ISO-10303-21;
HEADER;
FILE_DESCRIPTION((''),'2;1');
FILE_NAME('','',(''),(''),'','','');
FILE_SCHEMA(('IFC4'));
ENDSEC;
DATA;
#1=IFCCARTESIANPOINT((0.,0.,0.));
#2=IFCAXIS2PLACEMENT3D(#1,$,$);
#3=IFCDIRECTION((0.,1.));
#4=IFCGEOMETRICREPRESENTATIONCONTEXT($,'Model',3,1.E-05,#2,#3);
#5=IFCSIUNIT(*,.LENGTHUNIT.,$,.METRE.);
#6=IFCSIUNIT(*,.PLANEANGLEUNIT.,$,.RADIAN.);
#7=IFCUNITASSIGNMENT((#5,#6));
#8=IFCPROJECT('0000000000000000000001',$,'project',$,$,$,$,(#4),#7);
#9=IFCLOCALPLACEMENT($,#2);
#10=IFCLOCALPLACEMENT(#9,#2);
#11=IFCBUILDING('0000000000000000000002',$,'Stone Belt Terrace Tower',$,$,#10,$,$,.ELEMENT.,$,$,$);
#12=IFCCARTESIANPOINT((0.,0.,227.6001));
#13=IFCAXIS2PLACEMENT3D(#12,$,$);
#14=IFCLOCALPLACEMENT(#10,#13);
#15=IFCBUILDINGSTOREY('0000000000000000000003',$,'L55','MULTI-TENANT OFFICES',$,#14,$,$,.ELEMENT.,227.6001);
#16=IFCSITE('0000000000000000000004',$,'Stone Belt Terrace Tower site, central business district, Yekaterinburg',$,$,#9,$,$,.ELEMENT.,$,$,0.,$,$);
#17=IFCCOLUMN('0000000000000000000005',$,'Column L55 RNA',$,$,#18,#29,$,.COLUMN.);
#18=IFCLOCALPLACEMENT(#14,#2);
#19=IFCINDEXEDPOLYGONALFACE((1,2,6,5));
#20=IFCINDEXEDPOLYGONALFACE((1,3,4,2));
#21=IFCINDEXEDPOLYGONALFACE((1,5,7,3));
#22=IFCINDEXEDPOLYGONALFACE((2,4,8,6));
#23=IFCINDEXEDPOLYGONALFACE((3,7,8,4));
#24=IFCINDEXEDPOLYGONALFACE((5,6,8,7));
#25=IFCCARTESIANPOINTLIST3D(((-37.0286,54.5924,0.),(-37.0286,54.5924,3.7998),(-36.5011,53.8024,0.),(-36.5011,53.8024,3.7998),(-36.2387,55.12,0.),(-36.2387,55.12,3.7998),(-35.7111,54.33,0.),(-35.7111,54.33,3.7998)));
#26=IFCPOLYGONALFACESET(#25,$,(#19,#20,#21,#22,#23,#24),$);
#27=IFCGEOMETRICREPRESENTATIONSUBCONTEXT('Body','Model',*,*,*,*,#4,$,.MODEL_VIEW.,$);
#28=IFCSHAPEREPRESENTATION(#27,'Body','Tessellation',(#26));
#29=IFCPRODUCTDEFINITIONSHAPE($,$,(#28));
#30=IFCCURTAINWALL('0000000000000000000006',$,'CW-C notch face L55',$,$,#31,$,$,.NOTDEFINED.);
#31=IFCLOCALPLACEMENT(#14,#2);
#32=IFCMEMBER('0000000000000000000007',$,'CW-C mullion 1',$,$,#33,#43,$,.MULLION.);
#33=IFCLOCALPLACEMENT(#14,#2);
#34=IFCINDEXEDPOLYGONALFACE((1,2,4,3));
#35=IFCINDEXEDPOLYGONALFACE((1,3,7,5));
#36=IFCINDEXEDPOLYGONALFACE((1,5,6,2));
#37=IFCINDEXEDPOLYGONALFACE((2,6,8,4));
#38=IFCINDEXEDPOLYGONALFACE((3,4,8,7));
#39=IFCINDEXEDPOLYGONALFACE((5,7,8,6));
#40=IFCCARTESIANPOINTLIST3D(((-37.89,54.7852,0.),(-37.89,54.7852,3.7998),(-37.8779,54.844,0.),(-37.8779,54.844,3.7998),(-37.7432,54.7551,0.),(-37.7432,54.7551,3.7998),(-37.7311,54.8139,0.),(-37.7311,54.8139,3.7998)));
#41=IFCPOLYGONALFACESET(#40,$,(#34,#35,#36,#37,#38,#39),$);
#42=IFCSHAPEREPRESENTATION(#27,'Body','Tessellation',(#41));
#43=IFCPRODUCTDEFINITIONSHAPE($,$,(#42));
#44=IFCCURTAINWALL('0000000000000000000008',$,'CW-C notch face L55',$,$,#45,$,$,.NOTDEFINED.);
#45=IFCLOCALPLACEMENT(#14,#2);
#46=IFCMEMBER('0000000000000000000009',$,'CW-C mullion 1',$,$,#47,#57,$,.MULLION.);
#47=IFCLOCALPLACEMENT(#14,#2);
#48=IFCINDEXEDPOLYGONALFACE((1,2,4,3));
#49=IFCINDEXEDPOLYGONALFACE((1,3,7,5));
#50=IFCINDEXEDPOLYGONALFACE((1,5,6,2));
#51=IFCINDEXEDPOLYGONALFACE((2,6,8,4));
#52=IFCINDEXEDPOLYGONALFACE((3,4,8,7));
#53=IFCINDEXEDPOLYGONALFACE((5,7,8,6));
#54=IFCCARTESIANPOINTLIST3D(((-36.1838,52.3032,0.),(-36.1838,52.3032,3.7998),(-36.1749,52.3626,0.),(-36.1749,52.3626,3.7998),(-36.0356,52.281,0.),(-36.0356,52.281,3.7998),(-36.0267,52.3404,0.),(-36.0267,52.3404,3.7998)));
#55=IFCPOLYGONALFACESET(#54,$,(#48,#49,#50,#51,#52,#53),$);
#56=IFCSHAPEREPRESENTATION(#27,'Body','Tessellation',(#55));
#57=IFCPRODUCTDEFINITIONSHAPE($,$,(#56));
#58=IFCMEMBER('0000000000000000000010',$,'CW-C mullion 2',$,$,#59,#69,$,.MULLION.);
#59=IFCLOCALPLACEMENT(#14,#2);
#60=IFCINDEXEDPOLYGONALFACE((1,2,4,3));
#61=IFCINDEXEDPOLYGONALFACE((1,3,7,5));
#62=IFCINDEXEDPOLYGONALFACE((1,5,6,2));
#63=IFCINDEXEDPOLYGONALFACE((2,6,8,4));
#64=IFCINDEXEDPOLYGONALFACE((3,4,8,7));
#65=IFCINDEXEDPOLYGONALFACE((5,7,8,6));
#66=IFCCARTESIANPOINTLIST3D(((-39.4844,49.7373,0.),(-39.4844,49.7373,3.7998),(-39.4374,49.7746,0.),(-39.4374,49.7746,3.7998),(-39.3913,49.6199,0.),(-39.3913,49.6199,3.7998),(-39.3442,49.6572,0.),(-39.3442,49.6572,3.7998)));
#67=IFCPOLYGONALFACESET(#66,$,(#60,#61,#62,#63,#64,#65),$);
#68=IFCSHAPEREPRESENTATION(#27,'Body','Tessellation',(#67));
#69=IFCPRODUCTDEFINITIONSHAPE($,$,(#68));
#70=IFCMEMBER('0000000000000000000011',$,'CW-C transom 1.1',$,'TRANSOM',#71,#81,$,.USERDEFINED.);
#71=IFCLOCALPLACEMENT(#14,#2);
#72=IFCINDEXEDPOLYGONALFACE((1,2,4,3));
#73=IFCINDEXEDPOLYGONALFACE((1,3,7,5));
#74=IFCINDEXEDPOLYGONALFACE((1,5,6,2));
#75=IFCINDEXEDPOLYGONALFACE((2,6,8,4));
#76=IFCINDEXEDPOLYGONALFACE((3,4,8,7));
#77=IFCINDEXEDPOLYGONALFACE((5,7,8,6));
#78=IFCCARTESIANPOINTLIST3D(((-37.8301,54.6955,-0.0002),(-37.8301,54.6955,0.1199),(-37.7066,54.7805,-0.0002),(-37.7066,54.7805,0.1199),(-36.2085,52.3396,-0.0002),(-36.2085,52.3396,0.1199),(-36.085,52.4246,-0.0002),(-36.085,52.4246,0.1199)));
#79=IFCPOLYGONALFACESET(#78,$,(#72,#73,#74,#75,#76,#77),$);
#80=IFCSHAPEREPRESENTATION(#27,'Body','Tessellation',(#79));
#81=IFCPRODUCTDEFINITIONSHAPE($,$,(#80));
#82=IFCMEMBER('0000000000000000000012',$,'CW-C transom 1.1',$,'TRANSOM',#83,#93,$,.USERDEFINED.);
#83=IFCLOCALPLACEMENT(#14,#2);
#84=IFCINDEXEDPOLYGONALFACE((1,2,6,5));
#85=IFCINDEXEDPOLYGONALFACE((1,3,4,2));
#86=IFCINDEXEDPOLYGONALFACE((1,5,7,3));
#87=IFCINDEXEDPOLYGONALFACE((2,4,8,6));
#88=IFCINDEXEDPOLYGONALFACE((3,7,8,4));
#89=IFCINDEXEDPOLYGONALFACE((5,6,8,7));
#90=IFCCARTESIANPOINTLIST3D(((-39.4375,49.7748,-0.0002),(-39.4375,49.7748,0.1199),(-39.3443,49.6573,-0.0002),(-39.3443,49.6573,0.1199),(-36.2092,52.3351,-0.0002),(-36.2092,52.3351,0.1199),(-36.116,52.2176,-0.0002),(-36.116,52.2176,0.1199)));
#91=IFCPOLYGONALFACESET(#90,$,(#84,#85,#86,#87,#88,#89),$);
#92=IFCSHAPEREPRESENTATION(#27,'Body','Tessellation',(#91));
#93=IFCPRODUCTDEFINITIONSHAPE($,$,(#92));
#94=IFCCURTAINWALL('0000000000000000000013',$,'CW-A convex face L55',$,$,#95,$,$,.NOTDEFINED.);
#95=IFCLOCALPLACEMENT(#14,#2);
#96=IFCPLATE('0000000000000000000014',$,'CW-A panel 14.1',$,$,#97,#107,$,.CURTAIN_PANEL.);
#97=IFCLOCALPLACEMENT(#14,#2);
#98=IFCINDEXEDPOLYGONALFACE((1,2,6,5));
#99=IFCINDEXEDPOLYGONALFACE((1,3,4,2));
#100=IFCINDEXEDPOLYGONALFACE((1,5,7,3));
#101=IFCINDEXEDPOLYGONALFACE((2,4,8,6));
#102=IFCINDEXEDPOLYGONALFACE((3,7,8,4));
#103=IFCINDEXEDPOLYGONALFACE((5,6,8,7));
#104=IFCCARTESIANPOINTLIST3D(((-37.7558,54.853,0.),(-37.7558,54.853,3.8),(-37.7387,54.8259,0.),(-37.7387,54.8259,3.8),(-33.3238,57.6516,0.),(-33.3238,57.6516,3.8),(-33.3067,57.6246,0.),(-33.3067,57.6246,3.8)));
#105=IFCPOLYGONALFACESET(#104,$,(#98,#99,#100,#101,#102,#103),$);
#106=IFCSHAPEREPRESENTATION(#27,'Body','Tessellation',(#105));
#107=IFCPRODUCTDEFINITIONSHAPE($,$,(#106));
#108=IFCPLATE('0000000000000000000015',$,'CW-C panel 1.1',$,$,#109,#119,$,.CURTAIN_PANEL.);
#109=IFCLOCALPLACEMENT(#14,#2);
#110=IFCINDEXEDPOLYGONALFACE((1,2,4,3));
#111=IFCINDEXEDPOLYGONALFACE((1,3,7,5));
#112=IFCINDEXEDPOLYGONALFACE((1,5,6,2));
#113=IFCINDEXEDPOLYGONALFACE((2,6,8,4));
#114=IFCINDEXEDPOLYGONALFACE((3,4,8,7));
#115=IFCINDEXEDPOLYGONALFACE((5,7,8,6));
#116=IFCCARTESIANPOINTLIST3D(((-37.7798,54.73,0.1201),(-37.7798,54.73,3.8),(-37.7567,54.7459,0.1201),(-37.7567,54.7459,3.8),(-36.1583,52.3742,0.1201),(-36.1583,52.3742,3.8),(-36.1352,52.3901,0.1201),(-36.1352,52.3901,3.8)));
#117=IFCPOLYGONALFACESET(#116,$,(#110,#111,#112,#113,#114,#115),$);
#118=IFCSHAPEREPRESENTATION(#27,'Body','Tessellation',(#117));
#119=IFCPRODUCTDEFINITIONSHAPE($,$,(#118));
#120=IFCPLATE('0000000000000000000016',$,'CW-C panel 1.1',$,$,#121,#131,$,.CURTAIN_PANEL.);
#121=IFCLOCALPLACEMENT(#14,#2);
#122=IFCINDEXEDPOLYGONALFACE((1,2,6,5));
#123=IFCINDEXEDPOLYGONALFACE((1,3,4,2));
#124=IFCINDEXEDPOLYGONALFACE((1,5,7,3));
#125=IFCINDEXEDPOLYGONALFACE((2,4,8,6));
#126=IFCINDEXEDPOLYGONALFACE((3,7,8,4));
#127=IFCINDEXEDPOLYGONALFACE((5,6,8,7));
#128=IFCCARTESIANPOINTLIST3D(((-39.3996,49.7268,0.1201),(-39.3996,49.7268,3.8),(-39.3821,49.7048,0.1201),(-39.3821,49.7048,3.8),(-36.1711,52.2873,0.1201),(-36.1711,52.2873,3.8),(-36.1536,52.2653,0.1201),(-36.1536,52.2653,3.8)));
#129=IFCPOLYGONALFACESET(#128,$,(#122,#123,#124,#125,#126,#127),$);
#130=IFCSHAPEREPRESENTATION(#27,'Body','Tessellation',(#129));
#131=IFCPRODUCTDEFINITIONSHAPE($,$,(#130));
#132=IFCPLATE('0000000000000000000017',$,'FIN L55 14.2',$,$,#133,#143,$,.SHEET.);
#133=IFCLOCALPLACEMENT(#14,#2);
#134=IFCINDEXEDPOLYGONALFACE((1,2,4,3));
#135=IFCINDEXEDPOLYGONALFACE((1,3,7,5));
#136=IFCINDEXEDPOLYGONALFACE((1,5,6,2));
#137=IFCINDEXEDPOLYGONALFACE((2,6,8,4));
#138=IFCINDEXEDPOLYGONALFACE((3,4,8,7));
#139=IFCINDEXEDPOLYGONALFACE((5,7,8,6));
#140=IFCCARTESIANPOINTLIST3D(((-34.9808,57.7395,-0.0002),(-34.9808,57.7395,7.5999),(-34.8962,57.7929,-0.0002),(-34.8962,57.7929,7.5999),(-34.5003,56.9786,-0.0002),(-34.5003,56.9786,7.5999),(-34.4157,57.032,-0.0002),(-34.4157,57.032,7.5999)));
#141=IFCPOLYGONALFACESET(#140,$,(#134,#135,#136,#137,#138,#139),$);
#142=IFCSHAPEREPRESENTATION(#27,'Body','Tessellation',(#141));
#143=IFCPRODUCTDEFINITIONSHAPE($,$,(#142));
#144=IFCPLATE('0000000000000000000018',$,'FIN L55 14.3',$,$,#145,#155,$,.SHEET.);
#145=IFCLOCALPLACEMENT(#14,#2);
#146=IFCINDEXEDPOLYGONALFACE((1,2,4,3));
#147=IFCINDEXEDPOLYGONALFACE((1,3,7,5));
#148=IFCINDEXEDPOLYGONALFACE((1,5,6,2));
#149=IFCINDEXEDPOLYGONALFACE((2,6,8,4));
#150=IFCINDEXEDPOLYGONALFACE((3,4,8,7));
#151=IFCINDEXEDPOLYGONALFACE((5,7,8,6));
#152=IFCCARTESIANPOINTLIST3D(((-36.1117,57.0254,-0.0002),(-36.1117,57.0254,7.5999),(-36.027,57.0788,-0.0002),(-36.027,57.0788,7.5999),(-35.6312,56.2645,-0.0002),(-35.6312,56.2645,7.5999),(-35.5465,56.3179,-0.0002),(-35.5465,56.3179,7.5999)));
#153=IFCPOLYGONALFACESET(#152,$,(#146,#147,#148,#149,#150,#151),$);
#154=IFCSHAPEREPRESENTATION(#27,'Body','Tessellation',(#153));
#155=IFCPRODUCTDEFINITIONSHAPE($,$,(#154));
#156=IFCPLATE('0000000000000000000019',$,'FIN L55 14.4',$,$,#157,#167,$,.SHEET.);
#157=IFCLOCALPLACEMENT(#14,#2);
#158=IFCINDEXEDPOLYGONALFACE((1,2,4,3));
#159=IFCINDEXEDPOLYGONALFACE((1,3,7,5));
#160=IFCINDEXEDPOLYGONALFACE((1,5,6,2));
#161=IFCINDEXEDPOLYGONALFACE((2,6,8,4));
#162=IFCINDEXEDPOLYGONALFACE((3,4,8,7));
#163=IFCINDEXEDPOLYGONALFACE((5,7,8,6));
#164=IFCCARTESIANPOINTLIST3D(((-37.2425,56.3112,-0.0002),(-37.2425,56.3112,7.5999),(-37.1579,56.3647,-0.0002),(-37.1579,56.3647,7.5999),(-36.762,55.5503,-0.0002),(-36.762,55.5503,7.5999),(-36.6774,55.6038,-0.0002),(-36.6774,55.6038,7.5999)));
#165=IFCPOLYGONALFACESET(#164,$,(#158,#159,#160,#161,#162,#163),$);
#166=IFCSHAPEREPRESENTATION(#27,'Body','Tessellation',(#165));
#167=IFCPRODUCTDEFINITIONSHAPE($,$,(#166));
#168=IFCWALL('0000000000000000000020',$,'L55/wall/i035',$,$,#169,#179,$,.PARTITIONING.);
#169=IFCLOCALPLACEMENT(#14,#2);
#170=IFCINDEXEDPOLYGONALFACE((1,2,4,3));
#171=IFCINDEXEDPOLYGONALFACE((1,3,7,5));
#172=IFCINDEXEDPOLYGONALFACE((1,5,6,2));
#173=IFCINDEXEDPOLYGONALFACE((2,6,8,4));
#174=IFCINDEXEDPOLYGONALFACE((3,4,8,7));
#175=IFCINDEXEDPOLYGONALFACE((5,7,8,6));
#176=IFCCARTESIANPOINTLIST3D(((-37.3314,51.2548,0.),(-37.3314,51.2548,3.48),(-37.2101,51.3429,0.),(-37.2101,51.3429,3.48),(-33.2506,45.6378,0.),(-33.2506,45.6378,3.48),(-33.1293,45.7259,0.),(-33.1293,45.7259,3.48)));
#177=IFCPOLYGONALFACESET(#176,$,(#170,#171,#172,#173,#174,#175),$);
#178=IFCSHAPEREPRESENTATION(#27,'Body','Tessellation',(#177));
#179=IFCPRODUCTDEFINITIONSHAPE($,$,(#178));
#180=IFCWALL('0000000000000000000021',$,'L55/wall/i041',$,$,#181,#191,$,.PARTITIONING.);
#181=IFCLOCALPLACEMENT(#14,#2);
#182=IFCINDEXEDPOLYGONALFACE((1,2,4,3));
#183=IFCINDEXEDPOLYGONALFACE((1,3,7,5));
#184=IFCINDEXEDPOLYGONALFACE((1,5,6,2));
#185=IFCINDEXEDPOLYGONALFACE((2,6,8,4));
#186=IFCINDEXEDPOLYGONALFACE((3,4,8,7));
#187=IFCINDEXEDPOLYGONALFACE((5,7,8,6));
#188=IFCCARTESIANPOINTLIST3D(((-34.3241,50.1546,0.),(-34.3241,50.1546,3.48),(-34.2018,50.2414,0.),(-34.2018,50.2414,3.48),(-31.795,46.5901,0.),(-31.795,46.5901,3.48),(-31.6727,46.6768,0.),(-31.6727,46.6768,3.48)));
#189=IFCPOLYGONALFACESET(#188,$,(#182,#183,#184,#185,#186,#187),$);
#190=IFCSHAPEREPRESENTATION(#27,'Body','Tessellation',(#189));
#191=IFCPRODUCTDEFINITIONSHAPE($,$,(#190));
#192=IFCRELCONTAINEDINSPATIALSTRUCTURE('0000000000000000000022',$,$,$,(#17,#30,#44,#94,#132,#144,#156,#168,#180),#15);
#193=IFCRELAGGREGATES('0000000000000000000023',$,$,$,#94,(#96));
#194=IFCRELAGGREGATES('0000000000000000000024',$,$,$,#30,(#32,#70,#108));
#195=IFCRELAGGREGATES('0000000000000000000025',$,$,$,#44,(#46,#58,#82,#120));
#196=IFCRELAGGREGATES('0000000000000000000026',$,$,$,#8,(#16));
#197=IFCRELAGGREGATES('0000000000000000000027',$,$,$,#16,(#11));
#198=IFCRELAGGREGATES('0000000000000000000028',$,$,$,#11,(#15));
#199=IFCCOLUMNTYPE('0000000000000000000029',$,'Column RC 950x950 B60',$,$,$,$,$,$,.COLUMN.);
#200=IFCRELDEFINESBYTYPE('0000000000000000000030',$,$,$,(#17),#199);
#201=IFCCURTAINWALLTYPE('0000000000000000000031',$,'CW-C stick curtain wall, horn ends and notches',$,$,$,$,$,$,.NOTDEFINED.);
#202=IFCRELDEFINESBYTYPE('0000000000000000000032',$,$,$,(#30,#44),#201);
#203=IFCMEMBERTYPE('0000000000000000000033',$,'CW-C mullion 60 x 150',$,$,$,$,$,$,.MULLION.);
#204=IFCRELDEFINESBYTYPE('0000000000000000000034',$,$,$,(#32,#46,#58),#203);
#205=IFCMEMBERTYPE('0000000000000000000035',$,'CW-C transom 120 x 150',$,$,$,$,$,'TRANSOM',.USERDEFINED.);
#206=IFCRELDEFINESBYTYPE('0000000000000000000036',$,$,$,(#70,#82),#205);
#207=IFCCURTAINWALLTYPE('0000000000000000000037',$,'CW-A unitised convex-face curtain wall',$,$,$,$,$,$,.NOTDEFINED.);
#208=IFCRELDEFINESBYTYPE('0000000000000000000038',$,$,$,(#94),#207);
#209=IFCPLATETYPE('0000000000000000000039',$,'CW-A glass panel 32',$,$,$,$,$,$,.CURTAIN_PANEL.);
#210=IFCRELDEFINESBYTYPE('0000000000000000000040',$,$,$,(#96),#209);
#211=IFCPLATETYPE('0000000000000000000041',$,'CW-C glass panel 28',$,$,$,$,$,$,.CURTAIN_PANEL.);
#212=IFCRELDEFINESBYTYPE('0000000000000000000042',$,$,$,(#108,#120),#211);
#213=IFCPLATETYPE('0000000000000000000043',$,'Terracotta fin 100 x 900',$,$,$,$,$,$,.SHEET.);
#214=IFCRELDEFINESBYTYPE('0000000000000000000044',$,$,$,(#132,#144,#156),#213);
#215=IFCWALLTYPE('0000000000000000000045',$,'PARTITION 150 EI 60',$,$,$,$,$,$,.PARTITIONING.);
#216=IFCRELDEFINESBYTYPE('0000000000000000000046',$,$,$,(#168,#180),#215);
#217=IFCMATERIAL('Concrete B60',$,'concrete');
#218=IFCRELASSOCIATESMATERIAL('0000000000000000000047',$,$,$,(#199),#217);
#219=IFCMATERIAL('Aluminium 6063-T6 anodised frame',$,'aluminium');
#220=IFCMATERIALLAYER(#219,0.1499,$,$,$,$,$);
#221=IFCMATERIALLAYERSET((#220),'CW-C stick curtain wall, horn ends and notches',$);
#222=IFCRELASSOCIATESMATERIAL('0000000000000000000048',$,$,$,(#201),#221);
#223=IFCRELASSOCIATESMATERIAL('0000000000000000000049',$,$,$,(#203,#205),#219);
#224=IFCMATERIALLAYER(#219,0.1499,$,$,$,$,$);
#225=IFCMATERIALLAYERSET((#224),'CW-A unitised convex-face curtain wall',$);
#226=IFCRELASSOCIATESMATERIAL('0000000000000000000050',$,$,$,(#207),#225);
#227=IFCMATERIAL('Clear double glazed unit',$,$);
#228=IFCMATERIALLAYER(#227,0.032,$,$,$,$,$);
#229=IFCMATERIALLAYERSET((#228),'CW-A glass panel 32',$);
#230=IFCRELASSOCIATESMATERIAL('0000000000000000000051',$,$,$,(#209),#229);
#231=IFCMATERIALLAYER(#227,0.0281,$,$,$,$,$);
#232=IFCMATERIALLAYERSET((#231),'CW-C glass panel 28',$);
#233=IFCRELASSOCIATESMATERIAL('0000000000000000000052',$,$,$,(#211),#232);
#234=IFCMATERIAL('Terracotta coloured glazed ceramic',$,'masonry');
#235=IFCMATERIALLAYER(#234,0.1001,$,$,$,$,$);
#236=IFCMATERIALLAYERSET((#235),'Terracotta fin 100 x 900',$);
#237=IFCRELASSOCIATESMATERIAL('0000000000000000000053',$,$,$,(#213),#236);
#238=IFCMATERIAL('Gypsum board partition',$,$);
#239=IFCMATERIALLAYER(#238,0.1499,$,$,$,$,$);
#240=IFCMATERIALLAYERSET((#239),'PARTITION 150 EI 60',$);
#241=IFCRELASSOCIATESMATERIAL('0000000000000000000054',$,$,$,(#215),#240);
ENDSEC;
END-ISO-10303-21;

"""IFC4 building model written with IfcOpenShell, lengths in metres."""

from ifc_helpers import new_model, si_unit, direction, frame, frame_2d, origin, origin_2d, place, context, subcontext, project, spatial, rectangle, extrude, material, layer, layer_set, material_profile, profile_set, type_object, element, aggregate, save


model = new_model("IFC4")

# Units and contexts
model_context = context("Model", 3, precision=1e-05, world=origin(), true_north=direction((0.0, 1.0)))
body_context = subcontext(model_context, "Body", "Model", "MODEL_VIEW")
ifc_project = project(units=[si_unit("LENGTHUNIT", "METRE"), si_unit("PLANEANGLEUNIT", "RADIAN")], contexts=[model_context])

# Site, building, storey
site_placement = place(None, origin())
site = spatial("IfcSite", under=ifc_project, at=site_placement, Name="Stone Belt Terrace Tower site, central business district, Yekaterinburg", CompositionType="ELEMENT", RefElevation=0.0)
building_placement = place(site_placement, origin())
building = spatial("IfcBuilding", under=site, at=building_placement, Name="Stone Belt Terrace Tower", CompositionType="ELEMENT")
storey_placement = place(building_placement, frame((0.0, 0.0, 227.6001)))
storey = spatial("IfcBuildingStorey", under=building, at=storey_placement, Name="L55", Description="MULTI-TENANT OFFICES", CompositionType="ELEMENT", Elevation=227.6001)

# Column
ifc_material_1 = material(Name="Concrete B60", Category="concrete")
ifc_material_profile_1 = material_profile(ifc_material_1, rectangle(XDim=0.95, YDim=0.95, at=origin_2d()), Name="RC 950x950")
ifc_profile_set_1 = profile_set([ifc_material_profile_1], Name="Concrete B60")
column_type = type_object("IfcColumnType", Name="Column RC 950x950 B60", PredefinedType="COLUMN", material=ifc_profile_set_1)
column_placement = place(storey_placement, frame((-36.3699, 54.4612, 0.0), z_axis=(0.0, 0.0, 1.0), x_axis=(0.83161, 0.55536, 0.0)))
element("IfcColumn", 1, at=column_placement, inside=storey, type_object=column_type, Name="Column L55 RNA", PredefinedType="COLUMN", context=body_context, shape_type="SweptSolid", body=[
    extrude(rectangle(XDim=0.95, YDim=0.95, at=origin_2d()), origin(), (0.0, 0.0, 1.0), 3.7998),
])

# Curtain wall, member
ifc_material_2 = material(Name="Aluminium 6063-T6 anodised frame", Category="aluminium")
ifc_layer_1 = layer(ifc_material_2, 0.1499)
ifc_layer_set_1 = layer_set([ifc_layer_1], Name="CW-C stick curtain wall, horn ends and notches")
curtain_wall_type_1 = type_object("IfcCurtainWallType", Name="CW-C stick curtain wall, horn ends and notches", PredefinedType="NOTDEFINED", material=ifc_layer_set_1)
curtain_wall_1_placement = place(storey_placement, origin())
curtain_wall_1 = element("IfcCurtainWall", 2, at=curtain_wall_1_placement, inside=storey, type_object=curtain_wall_type_1, Name="CW-C notch face L55", PredefinedType="NOTDEFINED")
ifc_material_profile_2 = material_profile(ifc_material_2, rectangle(XDim=0.1499, YDim=0.0601, at=origin_2d()), Name="Aluminium 6063-T6 60x150")
ifc_profile_set_2 = profile_set([ifc_material_profile_2], Name="Aluminium 6063-T6 anodised frame")
member_type_1 = type_object("IfcMemberType", Name="CW-C mullion 60 x 150", PredefinedType="MULLION", material=ifc_profile_set_2)
member_1_placement = place(storey_placement, frame((-37.8105, 54.7996, 0.0), z_axis=(0.0, 0.0, 1.0), x_axis=(0.979594, -0.200987, 0.0)))
member_1 = element("IfcMember", 3, at=member_1_placement, type_object=member_type_1, Name="CW-C mullion 1", PredefinedType="MULLION", context=body_context, shape_type="SweptSolid", body=[
    extrude(rectangle(XDim=0.1499, YDim=0.0601, at=origin_2d()), origin(), (0.0, 0.0, 1.0), 3.7998),
])

# Curtain wall, members
curtain_wall_2_placement = place(storey_placement, origin())
curtain_wall_2 = element("IfcCurtainWall", 4, at=curtain_wall_2_placement, inside=storey, type_object=curtain_wall_type_1, Name="CW-C notch face L55", PredefinedType="NOTDEFINED")
member_2_placement = place(storey_placement, frame((-36.1052, 52.3218, 0.0), z_axis=(0.0, 0.0, 1.0), x_axis=(0.988962, -0.148172, 0.0)))
member_2 = element("IfcMember", 5, at=member_2_placement, type_object=member_type_1, Name="CW-C mullion 1", PredefinedType="MULLION", context=body_context, shape_type="SweptSolid", body=[
    extrude(rectangle(XDim=0.1499, YDim=0.0601, at=origin_2d()), origin(), (0.0, 0.0, 1.0), 3.7998),
])
member_3_placement = place(storey_placement, frame((-39.4143, 49.6973, 0.0), z_axis=(0.0, 0.0, 1.0), x_axis=(0.621388, -0.783503, 0.0)))
member_3 = element("IfcMember", 6, at=member_3_placement, type_object=member_type_1, Name="CW-C mullion 2", PredefinedType="MULLION", context=body_context, shape_type="SweptSolid", body=[
    extrude(rectangle(XDim=0.1499, YDim=0.0601, at=origin_2d()), origin(), (0.0, 0.0, 1.0), 3.7998),
])

# Members
ifc_material_profile_3 = material_profile(ifc_material_2, rectangle(XDim=0.1499, YDim=0.1201, at=origin_2d()), Name="Aluminium 6063-T6 150x120")
ifc_profile_set_3 = profile_set([ifc_material_profile_3], Name="Aluminium 6063-T6 anodised frame")
member_type_2 = type_object("IfcMemberType", Name="CW-C transom 120 x 150", ElementType="TRANSOM", PredefinedType="USERDEFINED", material=ifc_profile_set_3)
member_4_placement = place(storey_placement, frame((-37.7683, 54.738, 0.0598), z_axis=(0.566971, -0.823738, 0.0), x_axis=(0.823738, 0.566971, 0.0)))
member_4 = element("IfcMember", 7, at=member_4_placement, type_object=member_type_2, Name="CW-C transom 1.1", ObjectType="TRANSOM", PredefinedType="USERDEFINED", context=body_context, shape_type="SweptSolid", body=[
    extrude(rectangle(XDim=0.1499, YDim=0.1201, at=origin_2d()), origin(), (0.0, 0.0, 1.0), 2.8601),
])
member_5_placement = place(storey_placement, frame((-36.1626, 52.2764, 0.0598), z_axis=(-0.783504, -0.621387, 0.0), x_axis=(0.621387, -0.783504, 0.0)))
member_5 = element("IfcMember", 8, at=member_5_placement, type_object=member_type_2, Name="CW-C transom 1.1", ObjectType="TRANSOM", PredefinedType="USERDEFINED", context=body_context, shape_type="SweptSolid", body=[
    extrude(rectangle(XDim=0.1499, YDim=0.1201, at=origin_2d()), origin(), (0.0, 0.0, 1.0), 4.1204),
])

# Curtain wall, plate
ifc_layer_2 = layer(ifc_material_2, 0.1499)
ifc_layer_set_2 = layer_set([ifc_layer_2], Name="CW-A unitised convex-face curtain wall")
curtain_wall_type_2 = type_object("IfcCurtainWallType", Name="CW-A unitised convex-face curtain wall", PredefinedType="NOTDEFINED", material=ifc_layer_set_2)
curtain_wall_3_placement = place(storey_placement, origin())
curtain_wall_3 = element("IfcCurtainWall", 9, at=curtain_wall_3_placement, inside=storey, type_object=curtain_wall_type_2, Name="CW-A convex face L55", PredefinedType="NOTDEFINED")
ifc_material_3 = material(Name="Clear double glazed unit")
ifc_layer_3 = layer(ifc_material_3, 0.032)
ifc_layer_set_3 = layer_set([ifc_layer_3], Name="CW-A glass panel 32")
plate_type_1 = type_object("IfcPlateType", Name="CW-A glass panel 32", PredefinedType="CURTAIN_PANEL", material=ifc_layer_set_3)
plate_1_placement = place(storey_placement, frame((-35.5312, 56.2388, 0.0), z_axis=(0.0, 0.0, 1.0), x_axis=(-0.84554, -0.533913, 0.0)))
plate_1 = element("IfcPlate", 10, at=plate_1_placement, type_object=plate_type_1, Name="CW-A panel 14.1", PredefinedType="CURTAIN_PANEL", context=body_context, shape_type="SweptSolid", body=[
    extrude(rectangle(XDim=5.2417, YDim=0.032, at=origin_2d()), origin(), (0.0, 0.0, 1.0), 3.8),
])
aggregate(curtain_wall_3, [plate_1])

# Plates
ifc_layer_4 = layer(ifc_material_3, 0.0281)
ifc_layer_set_4 = layer_set([ifc_layer_4], Name="CW-C glass panel 28")
plate_type_2 = type_object("IfcPlateType", Name="CW-C glass panel 28", PredefinedType="CURTAIN_PANEL", material=ifc_layer_set_4)
plate_2_placement = place(storey_placement, frame((-36.9575, 53.5601, 0.1201), z_axis=(0.0, 0.0, 1.0), x_axis=(0.566987, -0.823727, 0.0)))
plate_2 = element("IfcPlate", 11, at=plate_2_placement, type_object=plate_type_2, Name="CW-C panel 1.1", PredefinedType="CURTAIN_PANEL", context=body_context, shape_type="SweptSolid", body=[
    extrude(rectangle(XDim=2.8599, YDim=0.0281, at=origin_2d()), origin(), (0.0, 0.0, 1.0), 3.6799),
])
aggregate(curtain_wall_1, [member_1, member_4, plate_2])
plate_3_placement = place(storey_placement, frame((-37.7766, 50.9961, 0.1201), z_axis=(0.0, 0.0, 1.0), x_axis=(-0.783503, -0.621388, 0.0)))
plate_3 = element("IfcPlate", 12, at=plate_3_placement, type_object=plate_type_2, Name="CW-C panel 1.1", PredefinedType="CURTAIN_PANEL", context=body_context, shape_type="SweptSolid", body=[
    extrude(rectangle(XDim=4.1206, YDim=0.0281, at=origin_2d()), origin(), (0.0, 0.0, 1.0), 3.6799),
])
aggregate(curtain_wall_2, [member_2, member_3, member_5, plate_3])

# Plates
ifc_material_4 = material(Name="Terracotta coloured glazed ceramic", Category="masonry")
ifc_layer_5 = layer(ifc_material_4, 0.1001)
ifc_layer_set_5 = layer_set([ifc_layer_5], Name="Terracotta fin 100 x 900")
plate_type_3 = type_object("IfcPlateType", Name="Terracotta fin 100 x 900", PredefinedType="SHEET", material=ifc_layer_set_5)
for number, where, z_axis, x_axis, name in (
    (13, (-34.6982, 57.3857, -0.0002), (0.0, 0.0, 1.0), (-0.533913, 0.84554, 0.0), "FIN L55 14.2"),
    (14, (-35.8291, 56.6716, -0.0002), (0.0, 0.0, 1.0), (-0.533913, 0.84554, 0.0), "FIN L55 14.3"),
    (15, (-36.96, 55.9575, -0.0002), (0.0, 0.0, 1.0), (-0.533913, 0.84554, 0.0), "FIN L55 14.4"),
):
    element("IfcPlate", number, at=place(storey_placement, frame(where, z_axis=z_axis, x_axis=x_axis)), inside=storey, type_object=plate_type_3, Name=name, PredefinedType="SHEET", context=body_context, shape_type="SweptSolid", body=[
        extrude(rectangle(XDim=0.8999, YDim=0.1001, at=origin_2d()), origin(), (0.0, 0.0, 1.0), 7.6001),
    ])

# Walls
ifc_material_5 = material(Name="Gypsum board partition")
ifc_layer_6 = layer(ifc_material_5, 0.1499)
ifc_layer_set_6 = layer_set([ifc_layer_6], Name="PARTITION 150 EI 60")
wall_type_1 = type_object("IfcWallType", Name="PARTITION 150 EI 60", PredefinedType="PARTITIONING", material=ifc_layer_set_6)
wall_1_placement = place(storey_placement, frame((-37.2708, 51.2988, 0.0), z_axis=(0.0, 0.0, 1.0), x_axis=(0.587772, -0.809026, 0.0)))
element("IfcWall", 16, at=wall_1_placement, inside=storey, type_object=wall_type_1, Name="L55/wall/i035", PredefinedType="PARTITIONING", context=body_context, shape_type="SweptSolid", body=[
    extrude(rectangle(XDim=6.9429, YDim=0.1499, at=frame_2d((3.4714, 0.0))), origin(), (0.0, 0.0, 1.0), 3.48),
])
wall_2_placement = place(storey_placement, frame((-34.2629, 50.198, 0.0), z_axis=(0.0, 0.0, 1.0), x_axis=(0.578662, -0.815568, 0.0)))
element("IfcWall", 17, at=wall_2_placement, inside=storey, type_object=wall_type_1, Name="L55/wall/i041", PredefinedType="PARTITIONING", context=body_context, shape_type="SweptSolid", body=[
    extrude(rectangle(XDim=4.3706, YDim=0.1499, at=frame_2d((2.1853, 0.0))), origin(), (0.0, 0.0, 1.0), 3.48),
])

save(model, "model.ifc")
